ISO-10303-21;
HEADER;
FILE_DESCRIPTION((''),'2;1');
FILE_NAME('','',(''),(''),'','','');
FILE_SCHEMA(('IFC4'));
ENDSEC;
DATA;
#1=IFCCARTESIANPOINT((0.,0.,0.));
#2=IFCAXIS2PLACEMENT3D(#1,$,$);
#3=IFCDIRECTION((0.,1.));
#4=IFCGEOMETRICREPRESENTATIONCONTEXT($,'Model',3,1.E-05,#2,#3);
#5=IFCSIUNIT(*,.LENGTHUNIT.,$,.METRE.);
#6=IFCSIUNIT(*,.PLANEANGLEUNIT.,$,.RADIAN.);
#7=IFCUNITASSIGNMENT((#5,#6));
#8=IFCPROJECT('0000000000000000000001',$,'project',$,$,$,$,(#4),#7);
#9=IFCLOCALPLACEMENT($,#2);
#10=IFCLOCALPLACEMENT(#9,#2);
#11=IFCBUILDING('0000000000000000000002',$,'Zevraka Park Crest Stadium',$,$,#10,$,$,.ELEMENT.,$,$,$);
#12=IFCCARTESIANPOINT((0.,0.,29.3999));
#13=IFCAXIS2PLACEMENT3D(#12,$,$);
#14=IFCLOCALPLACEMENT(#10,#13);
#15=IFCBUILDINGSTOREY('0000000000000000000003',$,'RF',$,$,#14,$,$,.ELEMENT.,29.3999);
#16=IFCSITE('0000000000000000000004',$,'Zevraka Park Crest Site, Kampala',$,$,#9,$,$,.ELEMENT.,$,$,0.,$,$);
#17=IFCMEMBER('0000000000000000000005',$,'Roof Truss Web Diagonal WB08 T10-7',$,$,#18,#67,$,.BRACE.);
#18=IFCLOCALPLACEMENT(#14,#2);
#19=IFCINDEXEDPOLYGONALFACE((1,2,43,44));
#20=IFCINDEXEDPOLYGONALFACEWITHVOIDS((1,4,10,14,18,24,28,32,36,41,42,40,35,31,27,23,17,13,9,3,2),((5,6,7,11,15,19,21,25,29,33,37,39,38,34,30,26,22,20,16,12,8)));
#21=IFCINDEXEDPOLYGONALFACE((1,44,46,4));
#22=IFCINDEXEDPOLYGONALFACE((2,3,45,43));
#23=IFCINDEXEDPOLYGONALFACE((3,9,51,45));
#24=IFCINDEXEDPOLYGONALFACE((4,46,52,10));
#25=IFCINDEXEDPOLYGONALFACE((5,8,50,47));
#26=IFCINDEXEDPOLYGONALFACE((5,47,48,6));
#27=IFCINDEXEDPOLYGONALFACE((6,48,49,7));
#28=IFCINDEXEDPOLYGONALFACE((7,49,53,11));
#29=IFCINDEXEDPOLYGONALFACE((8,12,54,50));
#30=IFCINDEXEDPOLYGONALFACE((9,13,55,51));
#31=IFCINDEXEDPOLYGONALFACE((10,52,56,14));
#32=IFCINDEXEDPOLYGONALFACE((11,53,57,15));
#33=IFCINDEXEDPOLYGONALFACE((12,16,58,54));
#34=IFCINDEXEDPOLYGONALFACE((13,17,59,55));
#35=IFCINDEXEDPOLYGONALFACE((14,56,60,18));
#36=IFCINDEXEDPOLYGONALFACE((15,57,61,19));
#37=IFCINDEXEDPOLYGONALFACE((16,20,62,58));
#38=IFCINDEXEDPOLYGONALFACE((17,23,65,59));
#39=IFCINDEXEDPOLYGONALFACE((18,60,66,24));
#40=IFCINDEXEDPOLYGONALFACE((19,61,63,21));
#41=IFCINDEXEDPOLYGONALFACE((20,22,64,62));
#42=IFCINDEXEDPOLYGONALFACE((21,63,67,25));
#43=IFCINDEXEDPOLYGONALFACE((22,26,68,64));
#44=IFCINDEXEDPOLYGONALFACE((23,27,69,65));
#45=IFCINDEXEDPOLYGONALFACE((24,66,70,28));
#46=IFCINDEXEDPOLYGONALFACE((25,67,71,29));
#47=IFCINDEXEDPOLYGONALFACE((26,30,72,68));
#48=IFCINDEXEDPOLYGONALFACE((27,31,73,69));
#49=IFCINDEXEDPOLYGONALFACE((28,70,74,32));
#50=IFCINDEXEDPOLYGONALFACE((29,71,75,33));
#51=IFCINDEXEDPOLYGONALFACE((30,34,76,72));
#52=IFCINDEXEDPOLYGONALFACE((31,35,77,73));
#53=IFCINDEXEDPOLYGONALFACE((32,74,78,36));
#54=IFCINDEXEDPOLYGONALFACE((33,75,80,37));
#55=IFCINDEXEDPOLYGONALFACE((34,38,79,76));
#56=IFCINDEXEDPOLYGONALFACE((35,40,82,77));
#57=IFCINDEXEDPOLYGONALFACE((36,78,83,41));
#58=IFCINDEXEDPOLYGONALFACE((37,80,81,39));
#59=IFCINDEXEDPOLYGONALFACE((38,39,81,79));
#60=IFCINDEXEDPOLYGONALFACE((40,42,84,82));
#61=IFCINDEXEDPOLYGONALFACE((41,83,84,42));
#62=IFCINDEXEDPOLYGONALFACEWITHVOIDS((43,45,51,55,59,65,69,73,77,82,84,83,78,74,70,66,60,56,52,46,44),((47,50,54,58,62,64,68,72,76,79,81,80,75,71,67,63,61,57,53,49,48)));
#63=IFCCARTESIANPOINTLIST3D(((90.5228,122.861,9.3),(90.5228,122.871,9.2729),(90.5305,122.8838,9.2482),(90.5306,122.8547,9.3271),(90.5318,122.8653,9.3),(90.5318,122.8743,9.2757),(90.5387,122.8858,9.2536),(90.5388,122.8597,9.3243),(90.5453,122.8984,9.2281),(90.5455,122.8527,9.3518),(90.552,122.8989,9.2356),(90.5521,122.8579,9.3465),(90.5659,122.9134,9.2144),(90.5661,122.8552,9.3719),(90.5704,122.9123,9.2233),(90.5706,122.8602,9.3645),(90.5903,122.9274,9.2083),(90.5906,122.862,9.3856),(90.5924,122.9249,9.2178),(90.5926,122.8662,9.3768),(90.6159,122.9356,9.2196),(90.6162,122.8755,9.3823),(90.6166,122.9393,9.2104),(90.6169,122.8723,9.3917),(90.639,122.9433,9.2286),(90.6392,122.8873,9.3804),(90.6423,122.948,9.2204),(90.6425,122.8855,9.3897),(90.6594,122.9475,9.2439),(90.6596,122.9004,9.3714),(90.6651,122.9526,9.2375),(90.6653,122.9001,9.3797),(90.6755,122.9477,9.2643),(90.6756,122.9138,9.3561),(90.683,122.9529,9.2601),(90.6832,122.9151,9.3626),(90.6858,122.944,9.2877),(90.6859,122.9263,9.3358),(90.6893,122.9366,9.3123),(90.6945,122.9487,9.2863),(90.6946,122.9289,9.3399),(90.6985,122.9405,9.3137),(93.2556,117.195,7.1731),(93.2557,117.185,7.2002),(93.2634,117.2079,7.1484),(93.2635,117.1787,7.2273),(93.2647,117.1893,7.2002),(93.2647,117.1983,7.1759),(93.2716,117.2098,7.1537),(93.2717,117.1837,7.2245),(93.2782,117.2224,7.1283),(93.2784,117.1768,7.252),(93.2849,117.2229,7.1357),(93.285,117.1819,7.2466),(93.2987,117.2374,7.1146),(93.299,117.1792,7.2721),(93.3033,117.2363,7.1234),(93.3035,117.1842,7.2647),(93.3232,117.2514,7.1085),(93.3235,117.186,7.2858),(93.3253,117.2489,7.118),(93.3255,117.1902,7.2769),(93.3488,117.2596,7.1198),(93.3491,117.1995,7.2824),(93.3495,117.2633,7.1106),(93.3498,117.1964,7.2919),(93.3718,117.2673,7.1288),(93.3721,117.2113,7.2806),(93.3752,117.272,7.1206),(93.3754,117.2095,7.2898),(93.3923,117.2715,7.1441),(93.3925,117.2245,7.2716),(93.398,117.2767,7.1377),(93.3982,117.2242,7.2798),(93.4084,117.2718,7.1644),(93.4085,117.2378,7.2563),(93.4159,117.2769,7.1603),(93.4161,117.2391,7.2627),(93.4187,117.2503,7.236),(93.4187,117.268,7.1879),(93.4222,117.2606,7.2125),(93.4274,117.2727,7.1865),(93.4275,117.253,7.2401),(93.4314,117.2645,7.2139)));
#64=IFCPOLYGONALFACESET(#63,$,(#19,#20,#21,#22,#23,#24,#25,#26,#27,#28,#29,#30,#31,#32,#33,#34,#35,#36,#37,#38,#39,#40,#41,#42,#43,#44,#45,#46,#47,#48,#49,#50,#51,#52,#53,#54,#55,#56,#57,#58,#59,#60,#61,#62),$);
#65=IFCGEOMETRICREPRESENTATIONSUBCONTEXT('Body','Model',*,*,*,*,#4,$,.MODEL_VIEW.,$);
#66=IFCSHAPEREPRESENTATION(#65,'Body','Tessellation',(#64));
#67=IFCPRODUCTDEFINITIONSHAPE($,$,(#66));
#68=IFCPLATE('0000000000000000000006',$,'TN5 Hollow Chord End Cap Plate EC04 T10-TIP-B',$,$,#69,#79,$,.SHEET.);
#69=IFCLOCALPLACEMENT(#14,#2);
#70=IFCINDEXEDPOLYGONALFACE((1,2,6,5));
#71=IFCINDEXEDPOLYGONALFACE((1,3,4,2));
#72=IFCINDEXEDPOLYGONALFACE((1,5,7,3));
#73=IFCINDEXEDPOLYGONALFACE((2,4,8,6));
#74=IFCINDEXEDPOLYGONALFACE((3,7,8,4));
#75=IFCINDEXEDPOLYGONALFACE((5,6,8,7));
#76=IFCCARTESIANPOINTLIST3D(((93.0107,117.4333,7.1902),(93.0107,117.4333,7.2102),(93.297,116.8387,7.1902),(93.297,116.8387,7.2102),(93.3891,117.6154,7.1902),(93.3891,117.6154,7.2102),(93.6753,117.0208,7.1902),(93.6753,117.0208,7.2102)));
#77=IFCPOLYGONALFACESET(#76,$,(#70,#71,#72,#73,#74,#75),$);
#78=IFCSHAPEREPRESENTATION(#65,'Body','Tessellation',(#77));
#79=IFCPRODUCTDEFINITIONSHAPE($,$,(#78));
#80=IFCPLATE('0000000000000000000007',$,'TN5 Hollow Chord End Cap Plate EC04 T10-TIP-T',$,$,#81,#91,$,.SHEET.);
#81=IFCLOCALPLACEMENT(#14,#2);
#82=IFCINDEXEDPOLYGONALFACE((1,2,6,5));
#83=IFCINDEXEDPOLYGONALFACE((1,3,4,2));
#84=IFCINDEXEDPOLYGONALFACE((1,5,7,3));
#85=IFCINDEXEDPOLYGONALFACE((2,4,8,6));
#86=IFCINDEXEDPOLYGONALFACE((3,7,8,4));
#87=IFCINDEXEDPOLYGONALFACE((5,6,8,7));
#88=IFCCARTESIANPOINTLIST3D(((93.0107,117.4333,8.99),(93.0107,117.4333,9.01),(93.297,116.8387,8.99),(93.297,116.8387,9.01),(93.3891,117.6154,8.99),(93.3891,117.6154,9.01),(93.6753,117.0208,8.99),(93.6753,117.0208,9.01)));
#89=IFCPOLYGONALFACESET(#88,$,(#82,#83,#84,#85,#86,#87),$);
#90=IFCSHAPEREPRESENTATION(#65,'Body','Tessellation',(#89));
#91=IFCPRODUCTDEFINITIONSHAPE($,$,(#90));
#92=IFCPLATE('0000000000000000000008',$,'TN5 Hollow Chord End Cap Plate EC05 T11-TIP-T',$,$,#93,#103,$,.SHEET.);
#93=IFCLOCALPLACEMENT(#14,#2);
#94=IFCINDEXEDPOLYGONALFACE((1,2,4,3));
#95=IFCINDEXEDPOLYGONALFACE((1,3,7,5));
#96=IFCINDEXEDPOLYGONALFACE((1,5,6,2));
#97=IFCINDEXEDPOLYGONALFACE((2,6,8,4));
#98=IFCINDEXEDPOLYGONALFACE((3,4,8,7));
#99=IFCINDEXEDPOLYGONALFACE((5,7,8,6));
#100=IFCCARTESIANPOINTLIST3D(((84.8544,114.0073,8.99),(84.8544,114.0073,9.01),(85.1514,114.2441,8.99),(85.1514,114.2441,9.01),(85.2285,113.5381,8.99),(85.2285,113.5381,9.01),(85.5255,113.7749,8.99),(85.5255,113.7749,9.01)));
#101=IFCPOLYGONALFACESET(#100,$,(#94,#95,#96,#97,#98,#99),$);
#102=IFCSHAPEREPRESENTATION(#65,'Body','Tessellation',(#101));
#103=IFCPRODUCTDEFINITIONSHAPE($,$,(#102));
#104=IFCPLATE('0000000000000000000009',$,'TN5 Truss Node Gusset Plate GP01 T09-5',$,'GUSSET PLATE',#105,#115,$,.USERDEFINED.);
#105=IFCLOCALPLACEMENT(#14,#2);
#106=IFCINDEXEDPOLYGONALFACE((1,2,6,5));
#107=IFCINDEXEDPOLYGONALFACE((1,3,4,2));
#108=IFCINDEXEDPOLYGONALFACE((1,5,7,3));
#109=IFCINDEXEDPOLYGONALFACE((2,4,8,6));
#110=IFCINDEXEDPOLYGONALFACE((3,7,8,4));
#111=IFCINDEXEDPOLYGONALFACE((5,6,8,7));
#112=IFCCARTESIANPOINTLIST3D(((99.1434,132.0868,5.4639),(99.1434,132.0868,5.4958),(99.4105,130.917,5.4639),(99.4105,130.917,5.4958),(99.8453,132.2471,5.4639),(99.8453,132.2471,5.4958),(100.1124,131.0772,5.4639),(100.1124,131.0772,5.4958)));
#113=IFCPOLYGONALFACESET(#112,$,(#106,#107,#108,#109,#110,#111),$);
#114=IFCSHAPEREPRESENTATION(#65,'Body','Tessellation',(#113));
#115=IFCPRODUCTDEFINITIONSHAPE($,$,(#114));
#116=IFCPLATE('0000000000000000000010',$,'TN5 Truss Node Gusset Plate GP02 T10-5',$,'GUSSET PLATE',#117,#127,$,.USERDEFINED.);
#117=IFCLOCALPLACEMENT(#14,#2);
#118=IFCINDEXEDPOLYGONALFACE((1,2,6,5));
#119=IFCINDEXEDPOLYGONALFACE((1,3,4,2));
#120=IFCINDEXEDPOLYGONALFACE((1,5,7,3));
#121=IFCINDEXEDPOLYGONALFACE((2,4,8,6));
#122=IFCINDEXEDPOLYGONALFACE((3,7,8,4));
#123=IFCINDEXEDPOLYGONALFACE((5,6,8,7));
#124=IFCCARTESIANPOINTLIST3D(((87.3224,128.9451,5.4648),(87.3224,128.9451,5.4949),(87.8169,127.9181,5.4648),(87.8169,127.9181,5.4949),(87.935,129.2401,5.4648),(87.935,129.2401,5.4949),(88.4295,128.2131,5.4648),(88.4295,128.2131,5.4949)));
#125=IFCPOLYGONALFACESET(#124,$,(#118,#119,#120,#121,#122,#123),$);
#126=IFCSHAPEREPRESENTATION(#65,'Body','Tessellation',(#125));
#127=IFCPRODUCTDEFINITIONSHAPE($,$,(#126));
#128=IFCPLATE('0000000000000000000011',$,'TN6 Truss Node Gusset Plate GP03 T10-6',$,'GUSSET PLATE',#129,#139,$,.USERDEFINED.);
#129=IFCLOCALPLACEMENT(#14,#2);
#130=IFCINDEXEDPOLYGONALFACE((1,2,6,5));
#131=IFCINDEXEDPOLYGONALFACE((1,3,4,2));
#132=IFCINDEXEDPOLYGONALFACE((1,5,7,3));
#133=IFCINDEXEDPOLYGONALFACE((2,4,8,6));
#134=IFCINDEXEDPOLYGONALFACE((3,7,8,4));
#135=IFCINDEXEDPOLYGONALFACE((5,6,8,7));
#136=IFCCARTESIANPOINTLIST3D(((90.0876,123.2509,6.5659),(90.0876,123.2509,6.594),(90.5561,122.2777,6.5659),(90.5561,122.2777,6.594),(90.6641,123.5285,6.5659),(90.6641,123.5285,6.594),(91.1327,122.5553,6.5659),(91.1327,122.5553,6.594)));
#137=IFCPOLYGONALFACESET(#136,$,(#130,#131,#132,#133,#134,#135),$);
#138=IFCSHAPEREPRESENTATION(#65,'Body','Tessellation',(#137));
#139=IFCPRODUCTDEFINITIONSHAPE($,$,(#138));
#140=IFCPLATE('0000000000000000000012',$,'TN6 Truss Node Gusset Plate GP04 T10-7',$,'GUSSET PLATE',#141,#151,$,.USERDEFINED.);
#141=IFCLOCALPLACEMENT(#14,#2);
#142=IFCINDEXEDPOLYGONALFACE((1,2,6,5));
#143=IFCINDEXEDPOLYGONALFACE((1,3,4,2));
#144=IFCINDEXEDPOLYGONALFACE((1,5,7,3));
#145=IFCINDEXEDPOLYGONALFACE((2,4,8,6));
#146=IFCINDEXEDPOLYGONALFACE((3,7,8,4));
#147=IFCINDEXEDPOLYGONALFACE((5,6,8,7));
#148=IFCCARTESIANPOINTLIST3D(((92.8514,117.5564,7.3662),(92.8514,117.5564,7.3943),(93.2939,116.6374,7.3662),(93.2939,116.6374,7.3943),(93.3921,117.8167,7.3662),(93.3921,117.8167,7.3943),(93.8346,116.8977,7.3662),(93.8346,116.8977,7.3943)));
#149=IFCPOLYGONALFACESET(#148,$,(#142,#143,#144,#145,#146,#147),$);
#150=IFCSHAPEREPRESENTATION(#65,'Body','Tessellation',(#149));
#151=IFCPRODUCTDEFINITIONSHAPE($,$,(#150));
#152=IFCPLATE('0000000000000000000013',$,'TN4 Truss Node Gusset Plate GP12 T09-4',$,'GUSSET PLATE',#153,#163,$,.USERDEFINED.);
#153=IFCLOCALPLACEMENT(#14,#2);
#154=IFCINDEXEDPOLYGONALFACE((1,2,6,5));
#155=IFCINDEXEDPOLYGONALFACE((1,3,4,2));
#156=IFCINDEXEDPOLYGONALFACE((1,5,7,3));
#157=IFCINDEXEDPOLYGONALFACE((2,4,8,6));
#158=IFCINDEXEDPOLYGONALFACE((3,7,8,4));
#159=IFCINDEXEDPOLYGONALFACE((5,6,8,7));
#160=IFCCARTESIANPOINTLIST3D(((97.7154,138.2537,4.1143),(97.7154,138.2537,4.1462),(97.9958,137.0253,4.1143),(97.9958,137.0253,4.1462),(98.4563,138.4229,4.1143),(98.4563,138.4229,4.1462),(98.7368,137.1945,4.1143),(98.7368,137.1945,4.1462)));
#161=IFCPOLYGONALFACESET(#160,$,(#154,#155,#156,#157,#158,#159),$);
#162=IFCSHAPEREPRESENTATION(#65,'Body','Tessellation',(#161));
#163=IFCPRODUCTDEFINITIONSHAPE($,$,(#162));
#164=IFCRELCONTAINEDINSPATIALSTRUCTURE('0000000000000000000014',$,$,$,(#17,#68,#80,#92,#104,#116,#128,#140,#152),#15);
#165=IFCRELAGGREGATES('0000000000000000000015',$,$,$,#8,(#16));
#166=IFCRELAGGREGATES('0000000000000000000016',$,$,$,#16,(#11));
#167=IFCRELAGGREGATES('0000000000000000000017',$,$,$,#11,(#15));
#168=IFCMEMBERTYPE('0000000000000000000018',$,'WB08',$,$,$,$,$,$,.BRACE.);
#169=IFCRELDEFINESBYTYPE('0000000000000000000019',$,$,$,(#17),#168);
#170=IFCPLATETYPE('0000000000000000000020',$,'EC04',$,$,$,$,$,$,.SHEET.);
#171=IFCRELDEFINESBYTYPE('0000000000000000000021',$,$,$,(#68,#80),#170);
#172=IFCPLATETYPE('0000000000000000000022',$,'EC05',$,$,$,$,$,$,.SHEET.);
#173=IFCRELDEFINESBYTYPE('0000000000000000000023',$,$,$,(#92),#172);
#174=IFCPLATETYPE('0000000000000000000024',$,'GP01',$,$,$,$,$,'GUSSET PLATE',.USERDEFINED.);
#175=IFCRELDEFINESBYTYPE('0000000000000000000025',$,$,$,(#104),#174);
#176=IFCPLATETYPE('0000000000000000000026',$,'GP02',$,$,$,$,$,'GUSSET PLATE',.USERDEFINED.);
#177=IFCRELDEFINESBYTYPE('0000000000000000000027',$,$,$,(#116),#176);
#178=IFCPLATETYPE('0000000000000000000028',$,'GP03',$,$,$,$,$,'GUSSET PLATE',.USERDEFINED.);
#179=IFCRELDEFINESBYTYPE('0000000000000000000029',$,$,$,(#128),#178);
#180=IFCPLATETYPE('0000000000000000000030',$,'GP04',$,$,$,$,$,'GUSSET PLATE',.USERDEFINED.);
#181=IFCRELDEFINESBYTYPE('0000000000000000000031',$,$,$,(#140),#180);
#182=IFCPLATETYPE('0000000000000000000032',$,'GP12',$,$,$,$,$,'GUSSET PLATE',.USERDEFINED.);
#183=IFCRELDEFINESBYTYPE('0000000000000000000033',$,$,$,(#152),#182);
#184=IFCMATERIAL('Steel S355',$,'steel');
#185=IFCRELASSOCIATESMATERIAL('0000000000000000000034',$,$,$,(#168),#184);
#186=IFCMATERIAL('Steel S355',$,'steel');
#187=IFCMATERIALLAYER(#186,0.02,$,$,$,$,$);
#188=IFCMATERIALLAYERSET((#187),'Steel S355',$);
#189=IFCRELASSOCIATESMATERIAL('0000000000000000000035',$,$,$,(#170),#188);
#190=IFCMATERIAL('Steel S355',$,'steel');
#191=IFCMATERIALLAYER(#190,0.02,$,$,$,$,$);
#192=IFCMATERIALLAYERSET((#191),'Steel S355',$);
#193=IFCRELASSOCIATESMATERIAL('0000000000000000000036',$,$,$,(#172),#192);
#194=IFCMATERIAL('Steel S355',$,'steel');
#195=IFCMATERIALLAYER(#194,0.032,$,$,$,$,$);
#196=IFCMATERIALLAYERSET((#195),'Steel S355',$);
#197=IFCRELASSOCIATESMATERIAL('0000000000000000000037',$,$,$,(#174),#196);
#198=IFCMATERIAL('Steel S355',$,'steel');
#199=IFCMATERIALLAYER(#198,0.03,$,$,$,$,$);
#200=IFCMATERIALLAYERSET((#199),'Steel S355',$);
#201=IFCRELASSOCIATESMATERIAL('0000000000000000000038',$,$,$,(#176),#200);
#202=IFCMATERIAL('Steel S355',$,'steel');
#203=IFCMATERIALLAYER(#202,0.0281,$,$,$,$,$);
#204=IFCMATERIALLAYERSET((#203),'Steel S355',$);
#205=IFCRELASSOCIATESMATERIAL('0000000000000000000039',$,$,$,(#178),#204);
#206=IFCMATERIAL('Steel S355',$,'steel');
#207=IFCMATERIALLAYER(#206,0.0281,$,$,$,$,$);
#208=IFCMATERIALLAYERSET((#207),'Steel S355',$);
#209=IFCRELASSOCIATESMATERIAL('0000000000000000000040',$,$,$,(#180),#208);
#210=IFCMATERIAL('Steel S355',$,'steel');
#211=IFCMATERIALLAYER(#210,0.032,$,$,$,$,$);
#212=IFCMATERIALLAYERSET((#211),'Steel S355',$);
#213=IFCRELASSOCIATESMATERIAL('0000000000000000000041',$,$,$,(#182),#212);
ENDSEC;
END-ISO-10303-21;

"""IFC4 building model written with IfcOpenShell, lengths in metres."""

from ifc_helpers import new_model, si_unit, direction, frame, origin, origin_2d, place, context, subcontext, project, spatial, rectangle, hollow_circle, extrude, material, layer, layer_set, material_profile, profile_set, type_object, element, save


model = new_model("IFC4")

# Units and contexts
model_context = context("Model", 3, precision=1e-05, world=origin(), true_north=direction((0.0, 1.0)))
body_context = subcontext(model_context, "Body", "Model", "MODEL_VIEW")
ifc_project = project(units=[si_unit("LENGTHUNIT", "METRE"), si_unit("PLANEANGLEUNIT", "RADIAN")], contexts=[model_context])

# Site, building, storey
site_placement = place(None, origin())
site = spatial("IfcSite", under=ifc_project, at=site_placement, Name="Zevraka Park Crest Site, Kampala", CompositionType="ELEMENT", RefElevation=0.0)
building_placement = place(site_placement, origin())
building = spatial("IfcBuilding", under=site, at=building_placement, Name="Zevraka Park Crest Stadium", CompositionType="ELEMENT")
storey_placement = place(building_placement, frame((0.0, 0.0, 29.3999)))
storey = spatial("IfcBuildingStorey", under=building, at=storey_placement, Name="RF", CompositionType="ELEMENT", Elevation=29.3999)

# Member
ifc_material_1 = material(Name="Steel S355", Category="steel")
ifc_material_profile_1 = material_profile(ifc_material_1, hollow_circle(Radius=0.0969, WallThickness=0.01, at=origin_2d()), Name="CHS 193.7x10")
ifc_profile_set_1 = profile_set([ifc_material_profile_1], Name="Steel S355")
member_type_1 = type_object("IfcMemberType", Name="WB08", PredefinedType="BRACE", material=ifc_profile_set_1)
member_1_placement = place(storey_placement, frame((93.343, 117.2271, 7.2002), z_axis=(-0.411556, 0.854766, 0.316222), x_axis=(-0.901001, -0.433817, 0.0)))
element("IfcMember", 1, at=member_1_placement, inside=storey, type_object=member_type_1, Name="Roof Truss Web Diagonal WB08 T10-7", PredefinedType="BRACE", context=body_context, shape_type="SweptSolid", body=[
    extrude(hollow_circle(Radius=0.0969, WallThickness=0.01, at=origin_2d()), origin(), (0.0, 0.0, 1.0), 6.6404),
])

# Plates
ifc_material_2 = material(Name="Steel S355", Category="steel")
ifc_layer_1 = layer(ifc_material_2, 0.02)
ifc_layer_set_1 = layer_set([ifc_layer_1], Name="Steel S355")
plate_type_1 = type_object("IfcPlateType", Name="EC04", PredefinedType="SHEET", material=ifc_layer_set_1)
for number, where, z_axis, x_axis, name in (
    (2, (93.343, 117.2271, 7.1902), (0.0, 0.0, 1.0), (-0.433816, 0.901001, 0.0), "TN5 Hollow Chord End Cap Plate EC04 T10-TIP-B"),
    (3, (93.343, 117.2271, 8.99), (0.0, 0.0, 1.0), (-0.433816, 0.901001, 0.0), "TN5 Hollow Chord End Cap Plate EC04 T10-TIP-T"),
):
    element("IfcPlate", number, at=place(storey_placement, frame(where, z_axis=z_axis, x_axis=x_axis)), inside=storey, type_object=plate_type_1, Name=name, PredefinedType="SHEET", context=body_context, shape_type="SweptSolid", body=[
        extrude(rectangle(XDim=0.6599, YDim=0.4199, at=origin_2d()), origin(), (0.0, 0.0, 1.0), 0.02),
    ])
ifc_material_3 = material(Name="Steel S355", Category="steel")
ifc_layer_2 = layer(ifc_material_3, 0.02)
ifc_layer_set_2 = layer_set([ifc_layer_2], Name="Steel S355")
plate_type_2 = type_object("IfcPlateType", Name="EC05", PredefinedType="SHEET", material=ifc_layer_set_2)
plate_1_placement = place(storey_placement, frame((85.1899, 113.8911, 8.99), z_axis=(0.0, 0.0, 1.0), x_axis=(-0.62347, 0.781847, 0.0)))
element("IfcPlate", 4, at=plate_1_placement, inside=storey, type_object=plate_type_2, Name="TN5 Hollow Chord End Cap Plate EC05 T11-TIP-T", PredefinedType="SHEET", context=body_context, shape_type="SweptSolid", body=[
    extrude(rectangle(XDim=0.6001, YDim=0.3799, at=origin_2d()), origin(), (0.0, 0.0, 1.0), 0.02),
])
ifc_material_4 = material(Name="Steel S355", Category="steel")
ifc_layer_3 = layer(ifc_material_4, 0.032)
ifc_layer_set_3 = layer_set([ifc_layer_3], Name="Steel S355")
plate_type_3 = type_object("IfcPlateType", Name="GP01", ElementType="GUSSET PLATE", PredefinedType="USERDEFINED", material=ifc_layer_set_3)
plate_2_placement = place(storey_placement, frame((99.6279, 131.582, 5.4639), z_axis=(0.0, 0.0, 1.0), x_axis=(-0.22257, 0.974917, 0.0)))
element("IfcPlate", 5, at=plate_2_placement, inside=storey, type_object=plate_type_3, Name="TN5 Truss Node Gusset Plate GP01 T09-5", ObjectType="GUSSET PLATE", PredefinedType="USERDEFINED", context=body_context, shape_type="SweptSolid", body=[
    extrude(rectangle(XDim=1.2, YDim=0.72, at=origin_2d()), origin(), (0.0, 0.0, 1.0), 0.032),
])
ifc_material_5 = material(Name="Steel S355", Category="steel")
ifc_layer_4 = layer(ifc_material_5, 0.03)
ifc_layer_set_4 = layer_set([ifc_layer_4], Name="Steel S355")
plate_type_4 = type_object("IfcPlateType", Name="GP02", ElementType="GUSSET PLATE", PredefinedType="USERDEFINED", material=ifc_layer_set_4)
plate_3_placement = place(storey_placement, frame((87.876, 128.5791, 5.4648), z_axis=(0.0, 0.0, 1.0), x_axis=(-0.433816, 0.901001, 0.0)))
element("IfcPlate", 6, at=plate_3_placement, inside=storey, type_object=plate_type_4, Name="TN5 Truss Node Gusset Plate GP02 T10-5", ObjectType="GUSSET PLATE", PredefinedType="USERDEFINED", context=body_context, shape_type="SweptSolid", body=[
    extrude(rectangle(XDim=1.1399, YDim=0.6799, at=origin_2d()), origin(), (0.0, 0.0, 1.0), 0.03),
])
ifc_material_6 = material(Name="Steel S355", Category="steel")
ifc_layer_5 = layer(ifc_material_6, 0.0281)
ifc_layer_set_5 = layer_set([ifc_layer_5], Name="Steel S355")
plate_type_5 = type_object("IfcPlateType", Name="GP03", ElementType="GUSSET PLATE", PredefinedType="USERDEFINED", material=ifc_layer_set_5)
plate_4_placement = place(storey_placement, frame((90.6101, 122.9031, 6.5659), z_axis=(0.0, 0.0, 1.0), x_axis=(-0.433816, 0.901001, 0.0)))
element("IfcPlate", 7, at=plate_4_placement, inside=storey, type_object=plate_type_5, Name="TN6 Truss Node Gusset Plate GP03 T10-6", ObjectType="GUSSET PLATE", PredefinedType="USERDEFINED", context=body_context, shape_type="SweptSolid", body=[
    extrude(rectangle(XDim=1.0801, YDim=0.6399, at=origin_2d()), origin(), (0.0, 0.0, 1.0), 0.0281),
])
ifc_material_7 = material(Name="Steel S355", Category="steel")
ifc_layer_6 = layer(ifc_material_7, 0.0281)
ifc_layer_set_6 = layer_set([ifc_layer_6], Name="Steel S355")
plate_type_6 = type_object("IfcPlateType", Name="GP04", ElementType="GUSSET PLATE", PredefinedType="USERDEFINED", material=ifc_layer_set_6)
plate_5_placement = place(storey_placement, frame((93.343, 117.2271, 7.3662), z_axis=(0.0, 0.0, 1.0), x_axis=(-0.433816, 0.901001, 0.0)))
element("IfcPlate", 8, at=plate_5_placement, inside=storey, type_object=plate_type_6, Name="TN6 Truss Node Gusset Plate GP04 T10-7", ObjectType="GUSSET PLATE", PredefinedType="USERDEFINED", context=body_context, shape_type="SweptSolid", body=[
    extrude(rectangle(XDim=1.02, YDim=0.6001, at=origin_2d()), origin(), (0.0, 0.0, 1.0), 0.0281),
])
ifc_material_8 = material(Name="Steel S355", Category="steel")
ifc_layer_7 = layer(ifc_material_8, 0.032)
ifc_layer_set_7 = layer_set([ifc_layer_7], Name="Steel S355")
plate_type_7 = type_object("IfcPlateType", Name="GP12", ElementType="GUSSET PLATE", PredefinedType="USERDEFINED", material=ifc_layer_set_7)
plate_6_placement = place(storey_placement, frame((98.2261, 137.7241, 4.1143), z_axis=(0.0, 0.0, 1.0), x_axis=(-0.22257, 0.974917, 0.0)))
element("IfcPlate", 9, at=plate_6_placement, inside=storey, type_object=plate_type_7, Name="TN4 Truss Node Gusset Plate GP12 T09-4", ObjectType="GUSSET PLATE", PredefinedType="USERDEFINED", context=body_context, shape_type="SweptSolid", body=[
    extrude(rectangle(XDim=1.26, YDim=0.76, at=origin_2d()), origin(), (0.0, 0.0, 1.0), 0.032),
])

save(model, "model.ifc")
